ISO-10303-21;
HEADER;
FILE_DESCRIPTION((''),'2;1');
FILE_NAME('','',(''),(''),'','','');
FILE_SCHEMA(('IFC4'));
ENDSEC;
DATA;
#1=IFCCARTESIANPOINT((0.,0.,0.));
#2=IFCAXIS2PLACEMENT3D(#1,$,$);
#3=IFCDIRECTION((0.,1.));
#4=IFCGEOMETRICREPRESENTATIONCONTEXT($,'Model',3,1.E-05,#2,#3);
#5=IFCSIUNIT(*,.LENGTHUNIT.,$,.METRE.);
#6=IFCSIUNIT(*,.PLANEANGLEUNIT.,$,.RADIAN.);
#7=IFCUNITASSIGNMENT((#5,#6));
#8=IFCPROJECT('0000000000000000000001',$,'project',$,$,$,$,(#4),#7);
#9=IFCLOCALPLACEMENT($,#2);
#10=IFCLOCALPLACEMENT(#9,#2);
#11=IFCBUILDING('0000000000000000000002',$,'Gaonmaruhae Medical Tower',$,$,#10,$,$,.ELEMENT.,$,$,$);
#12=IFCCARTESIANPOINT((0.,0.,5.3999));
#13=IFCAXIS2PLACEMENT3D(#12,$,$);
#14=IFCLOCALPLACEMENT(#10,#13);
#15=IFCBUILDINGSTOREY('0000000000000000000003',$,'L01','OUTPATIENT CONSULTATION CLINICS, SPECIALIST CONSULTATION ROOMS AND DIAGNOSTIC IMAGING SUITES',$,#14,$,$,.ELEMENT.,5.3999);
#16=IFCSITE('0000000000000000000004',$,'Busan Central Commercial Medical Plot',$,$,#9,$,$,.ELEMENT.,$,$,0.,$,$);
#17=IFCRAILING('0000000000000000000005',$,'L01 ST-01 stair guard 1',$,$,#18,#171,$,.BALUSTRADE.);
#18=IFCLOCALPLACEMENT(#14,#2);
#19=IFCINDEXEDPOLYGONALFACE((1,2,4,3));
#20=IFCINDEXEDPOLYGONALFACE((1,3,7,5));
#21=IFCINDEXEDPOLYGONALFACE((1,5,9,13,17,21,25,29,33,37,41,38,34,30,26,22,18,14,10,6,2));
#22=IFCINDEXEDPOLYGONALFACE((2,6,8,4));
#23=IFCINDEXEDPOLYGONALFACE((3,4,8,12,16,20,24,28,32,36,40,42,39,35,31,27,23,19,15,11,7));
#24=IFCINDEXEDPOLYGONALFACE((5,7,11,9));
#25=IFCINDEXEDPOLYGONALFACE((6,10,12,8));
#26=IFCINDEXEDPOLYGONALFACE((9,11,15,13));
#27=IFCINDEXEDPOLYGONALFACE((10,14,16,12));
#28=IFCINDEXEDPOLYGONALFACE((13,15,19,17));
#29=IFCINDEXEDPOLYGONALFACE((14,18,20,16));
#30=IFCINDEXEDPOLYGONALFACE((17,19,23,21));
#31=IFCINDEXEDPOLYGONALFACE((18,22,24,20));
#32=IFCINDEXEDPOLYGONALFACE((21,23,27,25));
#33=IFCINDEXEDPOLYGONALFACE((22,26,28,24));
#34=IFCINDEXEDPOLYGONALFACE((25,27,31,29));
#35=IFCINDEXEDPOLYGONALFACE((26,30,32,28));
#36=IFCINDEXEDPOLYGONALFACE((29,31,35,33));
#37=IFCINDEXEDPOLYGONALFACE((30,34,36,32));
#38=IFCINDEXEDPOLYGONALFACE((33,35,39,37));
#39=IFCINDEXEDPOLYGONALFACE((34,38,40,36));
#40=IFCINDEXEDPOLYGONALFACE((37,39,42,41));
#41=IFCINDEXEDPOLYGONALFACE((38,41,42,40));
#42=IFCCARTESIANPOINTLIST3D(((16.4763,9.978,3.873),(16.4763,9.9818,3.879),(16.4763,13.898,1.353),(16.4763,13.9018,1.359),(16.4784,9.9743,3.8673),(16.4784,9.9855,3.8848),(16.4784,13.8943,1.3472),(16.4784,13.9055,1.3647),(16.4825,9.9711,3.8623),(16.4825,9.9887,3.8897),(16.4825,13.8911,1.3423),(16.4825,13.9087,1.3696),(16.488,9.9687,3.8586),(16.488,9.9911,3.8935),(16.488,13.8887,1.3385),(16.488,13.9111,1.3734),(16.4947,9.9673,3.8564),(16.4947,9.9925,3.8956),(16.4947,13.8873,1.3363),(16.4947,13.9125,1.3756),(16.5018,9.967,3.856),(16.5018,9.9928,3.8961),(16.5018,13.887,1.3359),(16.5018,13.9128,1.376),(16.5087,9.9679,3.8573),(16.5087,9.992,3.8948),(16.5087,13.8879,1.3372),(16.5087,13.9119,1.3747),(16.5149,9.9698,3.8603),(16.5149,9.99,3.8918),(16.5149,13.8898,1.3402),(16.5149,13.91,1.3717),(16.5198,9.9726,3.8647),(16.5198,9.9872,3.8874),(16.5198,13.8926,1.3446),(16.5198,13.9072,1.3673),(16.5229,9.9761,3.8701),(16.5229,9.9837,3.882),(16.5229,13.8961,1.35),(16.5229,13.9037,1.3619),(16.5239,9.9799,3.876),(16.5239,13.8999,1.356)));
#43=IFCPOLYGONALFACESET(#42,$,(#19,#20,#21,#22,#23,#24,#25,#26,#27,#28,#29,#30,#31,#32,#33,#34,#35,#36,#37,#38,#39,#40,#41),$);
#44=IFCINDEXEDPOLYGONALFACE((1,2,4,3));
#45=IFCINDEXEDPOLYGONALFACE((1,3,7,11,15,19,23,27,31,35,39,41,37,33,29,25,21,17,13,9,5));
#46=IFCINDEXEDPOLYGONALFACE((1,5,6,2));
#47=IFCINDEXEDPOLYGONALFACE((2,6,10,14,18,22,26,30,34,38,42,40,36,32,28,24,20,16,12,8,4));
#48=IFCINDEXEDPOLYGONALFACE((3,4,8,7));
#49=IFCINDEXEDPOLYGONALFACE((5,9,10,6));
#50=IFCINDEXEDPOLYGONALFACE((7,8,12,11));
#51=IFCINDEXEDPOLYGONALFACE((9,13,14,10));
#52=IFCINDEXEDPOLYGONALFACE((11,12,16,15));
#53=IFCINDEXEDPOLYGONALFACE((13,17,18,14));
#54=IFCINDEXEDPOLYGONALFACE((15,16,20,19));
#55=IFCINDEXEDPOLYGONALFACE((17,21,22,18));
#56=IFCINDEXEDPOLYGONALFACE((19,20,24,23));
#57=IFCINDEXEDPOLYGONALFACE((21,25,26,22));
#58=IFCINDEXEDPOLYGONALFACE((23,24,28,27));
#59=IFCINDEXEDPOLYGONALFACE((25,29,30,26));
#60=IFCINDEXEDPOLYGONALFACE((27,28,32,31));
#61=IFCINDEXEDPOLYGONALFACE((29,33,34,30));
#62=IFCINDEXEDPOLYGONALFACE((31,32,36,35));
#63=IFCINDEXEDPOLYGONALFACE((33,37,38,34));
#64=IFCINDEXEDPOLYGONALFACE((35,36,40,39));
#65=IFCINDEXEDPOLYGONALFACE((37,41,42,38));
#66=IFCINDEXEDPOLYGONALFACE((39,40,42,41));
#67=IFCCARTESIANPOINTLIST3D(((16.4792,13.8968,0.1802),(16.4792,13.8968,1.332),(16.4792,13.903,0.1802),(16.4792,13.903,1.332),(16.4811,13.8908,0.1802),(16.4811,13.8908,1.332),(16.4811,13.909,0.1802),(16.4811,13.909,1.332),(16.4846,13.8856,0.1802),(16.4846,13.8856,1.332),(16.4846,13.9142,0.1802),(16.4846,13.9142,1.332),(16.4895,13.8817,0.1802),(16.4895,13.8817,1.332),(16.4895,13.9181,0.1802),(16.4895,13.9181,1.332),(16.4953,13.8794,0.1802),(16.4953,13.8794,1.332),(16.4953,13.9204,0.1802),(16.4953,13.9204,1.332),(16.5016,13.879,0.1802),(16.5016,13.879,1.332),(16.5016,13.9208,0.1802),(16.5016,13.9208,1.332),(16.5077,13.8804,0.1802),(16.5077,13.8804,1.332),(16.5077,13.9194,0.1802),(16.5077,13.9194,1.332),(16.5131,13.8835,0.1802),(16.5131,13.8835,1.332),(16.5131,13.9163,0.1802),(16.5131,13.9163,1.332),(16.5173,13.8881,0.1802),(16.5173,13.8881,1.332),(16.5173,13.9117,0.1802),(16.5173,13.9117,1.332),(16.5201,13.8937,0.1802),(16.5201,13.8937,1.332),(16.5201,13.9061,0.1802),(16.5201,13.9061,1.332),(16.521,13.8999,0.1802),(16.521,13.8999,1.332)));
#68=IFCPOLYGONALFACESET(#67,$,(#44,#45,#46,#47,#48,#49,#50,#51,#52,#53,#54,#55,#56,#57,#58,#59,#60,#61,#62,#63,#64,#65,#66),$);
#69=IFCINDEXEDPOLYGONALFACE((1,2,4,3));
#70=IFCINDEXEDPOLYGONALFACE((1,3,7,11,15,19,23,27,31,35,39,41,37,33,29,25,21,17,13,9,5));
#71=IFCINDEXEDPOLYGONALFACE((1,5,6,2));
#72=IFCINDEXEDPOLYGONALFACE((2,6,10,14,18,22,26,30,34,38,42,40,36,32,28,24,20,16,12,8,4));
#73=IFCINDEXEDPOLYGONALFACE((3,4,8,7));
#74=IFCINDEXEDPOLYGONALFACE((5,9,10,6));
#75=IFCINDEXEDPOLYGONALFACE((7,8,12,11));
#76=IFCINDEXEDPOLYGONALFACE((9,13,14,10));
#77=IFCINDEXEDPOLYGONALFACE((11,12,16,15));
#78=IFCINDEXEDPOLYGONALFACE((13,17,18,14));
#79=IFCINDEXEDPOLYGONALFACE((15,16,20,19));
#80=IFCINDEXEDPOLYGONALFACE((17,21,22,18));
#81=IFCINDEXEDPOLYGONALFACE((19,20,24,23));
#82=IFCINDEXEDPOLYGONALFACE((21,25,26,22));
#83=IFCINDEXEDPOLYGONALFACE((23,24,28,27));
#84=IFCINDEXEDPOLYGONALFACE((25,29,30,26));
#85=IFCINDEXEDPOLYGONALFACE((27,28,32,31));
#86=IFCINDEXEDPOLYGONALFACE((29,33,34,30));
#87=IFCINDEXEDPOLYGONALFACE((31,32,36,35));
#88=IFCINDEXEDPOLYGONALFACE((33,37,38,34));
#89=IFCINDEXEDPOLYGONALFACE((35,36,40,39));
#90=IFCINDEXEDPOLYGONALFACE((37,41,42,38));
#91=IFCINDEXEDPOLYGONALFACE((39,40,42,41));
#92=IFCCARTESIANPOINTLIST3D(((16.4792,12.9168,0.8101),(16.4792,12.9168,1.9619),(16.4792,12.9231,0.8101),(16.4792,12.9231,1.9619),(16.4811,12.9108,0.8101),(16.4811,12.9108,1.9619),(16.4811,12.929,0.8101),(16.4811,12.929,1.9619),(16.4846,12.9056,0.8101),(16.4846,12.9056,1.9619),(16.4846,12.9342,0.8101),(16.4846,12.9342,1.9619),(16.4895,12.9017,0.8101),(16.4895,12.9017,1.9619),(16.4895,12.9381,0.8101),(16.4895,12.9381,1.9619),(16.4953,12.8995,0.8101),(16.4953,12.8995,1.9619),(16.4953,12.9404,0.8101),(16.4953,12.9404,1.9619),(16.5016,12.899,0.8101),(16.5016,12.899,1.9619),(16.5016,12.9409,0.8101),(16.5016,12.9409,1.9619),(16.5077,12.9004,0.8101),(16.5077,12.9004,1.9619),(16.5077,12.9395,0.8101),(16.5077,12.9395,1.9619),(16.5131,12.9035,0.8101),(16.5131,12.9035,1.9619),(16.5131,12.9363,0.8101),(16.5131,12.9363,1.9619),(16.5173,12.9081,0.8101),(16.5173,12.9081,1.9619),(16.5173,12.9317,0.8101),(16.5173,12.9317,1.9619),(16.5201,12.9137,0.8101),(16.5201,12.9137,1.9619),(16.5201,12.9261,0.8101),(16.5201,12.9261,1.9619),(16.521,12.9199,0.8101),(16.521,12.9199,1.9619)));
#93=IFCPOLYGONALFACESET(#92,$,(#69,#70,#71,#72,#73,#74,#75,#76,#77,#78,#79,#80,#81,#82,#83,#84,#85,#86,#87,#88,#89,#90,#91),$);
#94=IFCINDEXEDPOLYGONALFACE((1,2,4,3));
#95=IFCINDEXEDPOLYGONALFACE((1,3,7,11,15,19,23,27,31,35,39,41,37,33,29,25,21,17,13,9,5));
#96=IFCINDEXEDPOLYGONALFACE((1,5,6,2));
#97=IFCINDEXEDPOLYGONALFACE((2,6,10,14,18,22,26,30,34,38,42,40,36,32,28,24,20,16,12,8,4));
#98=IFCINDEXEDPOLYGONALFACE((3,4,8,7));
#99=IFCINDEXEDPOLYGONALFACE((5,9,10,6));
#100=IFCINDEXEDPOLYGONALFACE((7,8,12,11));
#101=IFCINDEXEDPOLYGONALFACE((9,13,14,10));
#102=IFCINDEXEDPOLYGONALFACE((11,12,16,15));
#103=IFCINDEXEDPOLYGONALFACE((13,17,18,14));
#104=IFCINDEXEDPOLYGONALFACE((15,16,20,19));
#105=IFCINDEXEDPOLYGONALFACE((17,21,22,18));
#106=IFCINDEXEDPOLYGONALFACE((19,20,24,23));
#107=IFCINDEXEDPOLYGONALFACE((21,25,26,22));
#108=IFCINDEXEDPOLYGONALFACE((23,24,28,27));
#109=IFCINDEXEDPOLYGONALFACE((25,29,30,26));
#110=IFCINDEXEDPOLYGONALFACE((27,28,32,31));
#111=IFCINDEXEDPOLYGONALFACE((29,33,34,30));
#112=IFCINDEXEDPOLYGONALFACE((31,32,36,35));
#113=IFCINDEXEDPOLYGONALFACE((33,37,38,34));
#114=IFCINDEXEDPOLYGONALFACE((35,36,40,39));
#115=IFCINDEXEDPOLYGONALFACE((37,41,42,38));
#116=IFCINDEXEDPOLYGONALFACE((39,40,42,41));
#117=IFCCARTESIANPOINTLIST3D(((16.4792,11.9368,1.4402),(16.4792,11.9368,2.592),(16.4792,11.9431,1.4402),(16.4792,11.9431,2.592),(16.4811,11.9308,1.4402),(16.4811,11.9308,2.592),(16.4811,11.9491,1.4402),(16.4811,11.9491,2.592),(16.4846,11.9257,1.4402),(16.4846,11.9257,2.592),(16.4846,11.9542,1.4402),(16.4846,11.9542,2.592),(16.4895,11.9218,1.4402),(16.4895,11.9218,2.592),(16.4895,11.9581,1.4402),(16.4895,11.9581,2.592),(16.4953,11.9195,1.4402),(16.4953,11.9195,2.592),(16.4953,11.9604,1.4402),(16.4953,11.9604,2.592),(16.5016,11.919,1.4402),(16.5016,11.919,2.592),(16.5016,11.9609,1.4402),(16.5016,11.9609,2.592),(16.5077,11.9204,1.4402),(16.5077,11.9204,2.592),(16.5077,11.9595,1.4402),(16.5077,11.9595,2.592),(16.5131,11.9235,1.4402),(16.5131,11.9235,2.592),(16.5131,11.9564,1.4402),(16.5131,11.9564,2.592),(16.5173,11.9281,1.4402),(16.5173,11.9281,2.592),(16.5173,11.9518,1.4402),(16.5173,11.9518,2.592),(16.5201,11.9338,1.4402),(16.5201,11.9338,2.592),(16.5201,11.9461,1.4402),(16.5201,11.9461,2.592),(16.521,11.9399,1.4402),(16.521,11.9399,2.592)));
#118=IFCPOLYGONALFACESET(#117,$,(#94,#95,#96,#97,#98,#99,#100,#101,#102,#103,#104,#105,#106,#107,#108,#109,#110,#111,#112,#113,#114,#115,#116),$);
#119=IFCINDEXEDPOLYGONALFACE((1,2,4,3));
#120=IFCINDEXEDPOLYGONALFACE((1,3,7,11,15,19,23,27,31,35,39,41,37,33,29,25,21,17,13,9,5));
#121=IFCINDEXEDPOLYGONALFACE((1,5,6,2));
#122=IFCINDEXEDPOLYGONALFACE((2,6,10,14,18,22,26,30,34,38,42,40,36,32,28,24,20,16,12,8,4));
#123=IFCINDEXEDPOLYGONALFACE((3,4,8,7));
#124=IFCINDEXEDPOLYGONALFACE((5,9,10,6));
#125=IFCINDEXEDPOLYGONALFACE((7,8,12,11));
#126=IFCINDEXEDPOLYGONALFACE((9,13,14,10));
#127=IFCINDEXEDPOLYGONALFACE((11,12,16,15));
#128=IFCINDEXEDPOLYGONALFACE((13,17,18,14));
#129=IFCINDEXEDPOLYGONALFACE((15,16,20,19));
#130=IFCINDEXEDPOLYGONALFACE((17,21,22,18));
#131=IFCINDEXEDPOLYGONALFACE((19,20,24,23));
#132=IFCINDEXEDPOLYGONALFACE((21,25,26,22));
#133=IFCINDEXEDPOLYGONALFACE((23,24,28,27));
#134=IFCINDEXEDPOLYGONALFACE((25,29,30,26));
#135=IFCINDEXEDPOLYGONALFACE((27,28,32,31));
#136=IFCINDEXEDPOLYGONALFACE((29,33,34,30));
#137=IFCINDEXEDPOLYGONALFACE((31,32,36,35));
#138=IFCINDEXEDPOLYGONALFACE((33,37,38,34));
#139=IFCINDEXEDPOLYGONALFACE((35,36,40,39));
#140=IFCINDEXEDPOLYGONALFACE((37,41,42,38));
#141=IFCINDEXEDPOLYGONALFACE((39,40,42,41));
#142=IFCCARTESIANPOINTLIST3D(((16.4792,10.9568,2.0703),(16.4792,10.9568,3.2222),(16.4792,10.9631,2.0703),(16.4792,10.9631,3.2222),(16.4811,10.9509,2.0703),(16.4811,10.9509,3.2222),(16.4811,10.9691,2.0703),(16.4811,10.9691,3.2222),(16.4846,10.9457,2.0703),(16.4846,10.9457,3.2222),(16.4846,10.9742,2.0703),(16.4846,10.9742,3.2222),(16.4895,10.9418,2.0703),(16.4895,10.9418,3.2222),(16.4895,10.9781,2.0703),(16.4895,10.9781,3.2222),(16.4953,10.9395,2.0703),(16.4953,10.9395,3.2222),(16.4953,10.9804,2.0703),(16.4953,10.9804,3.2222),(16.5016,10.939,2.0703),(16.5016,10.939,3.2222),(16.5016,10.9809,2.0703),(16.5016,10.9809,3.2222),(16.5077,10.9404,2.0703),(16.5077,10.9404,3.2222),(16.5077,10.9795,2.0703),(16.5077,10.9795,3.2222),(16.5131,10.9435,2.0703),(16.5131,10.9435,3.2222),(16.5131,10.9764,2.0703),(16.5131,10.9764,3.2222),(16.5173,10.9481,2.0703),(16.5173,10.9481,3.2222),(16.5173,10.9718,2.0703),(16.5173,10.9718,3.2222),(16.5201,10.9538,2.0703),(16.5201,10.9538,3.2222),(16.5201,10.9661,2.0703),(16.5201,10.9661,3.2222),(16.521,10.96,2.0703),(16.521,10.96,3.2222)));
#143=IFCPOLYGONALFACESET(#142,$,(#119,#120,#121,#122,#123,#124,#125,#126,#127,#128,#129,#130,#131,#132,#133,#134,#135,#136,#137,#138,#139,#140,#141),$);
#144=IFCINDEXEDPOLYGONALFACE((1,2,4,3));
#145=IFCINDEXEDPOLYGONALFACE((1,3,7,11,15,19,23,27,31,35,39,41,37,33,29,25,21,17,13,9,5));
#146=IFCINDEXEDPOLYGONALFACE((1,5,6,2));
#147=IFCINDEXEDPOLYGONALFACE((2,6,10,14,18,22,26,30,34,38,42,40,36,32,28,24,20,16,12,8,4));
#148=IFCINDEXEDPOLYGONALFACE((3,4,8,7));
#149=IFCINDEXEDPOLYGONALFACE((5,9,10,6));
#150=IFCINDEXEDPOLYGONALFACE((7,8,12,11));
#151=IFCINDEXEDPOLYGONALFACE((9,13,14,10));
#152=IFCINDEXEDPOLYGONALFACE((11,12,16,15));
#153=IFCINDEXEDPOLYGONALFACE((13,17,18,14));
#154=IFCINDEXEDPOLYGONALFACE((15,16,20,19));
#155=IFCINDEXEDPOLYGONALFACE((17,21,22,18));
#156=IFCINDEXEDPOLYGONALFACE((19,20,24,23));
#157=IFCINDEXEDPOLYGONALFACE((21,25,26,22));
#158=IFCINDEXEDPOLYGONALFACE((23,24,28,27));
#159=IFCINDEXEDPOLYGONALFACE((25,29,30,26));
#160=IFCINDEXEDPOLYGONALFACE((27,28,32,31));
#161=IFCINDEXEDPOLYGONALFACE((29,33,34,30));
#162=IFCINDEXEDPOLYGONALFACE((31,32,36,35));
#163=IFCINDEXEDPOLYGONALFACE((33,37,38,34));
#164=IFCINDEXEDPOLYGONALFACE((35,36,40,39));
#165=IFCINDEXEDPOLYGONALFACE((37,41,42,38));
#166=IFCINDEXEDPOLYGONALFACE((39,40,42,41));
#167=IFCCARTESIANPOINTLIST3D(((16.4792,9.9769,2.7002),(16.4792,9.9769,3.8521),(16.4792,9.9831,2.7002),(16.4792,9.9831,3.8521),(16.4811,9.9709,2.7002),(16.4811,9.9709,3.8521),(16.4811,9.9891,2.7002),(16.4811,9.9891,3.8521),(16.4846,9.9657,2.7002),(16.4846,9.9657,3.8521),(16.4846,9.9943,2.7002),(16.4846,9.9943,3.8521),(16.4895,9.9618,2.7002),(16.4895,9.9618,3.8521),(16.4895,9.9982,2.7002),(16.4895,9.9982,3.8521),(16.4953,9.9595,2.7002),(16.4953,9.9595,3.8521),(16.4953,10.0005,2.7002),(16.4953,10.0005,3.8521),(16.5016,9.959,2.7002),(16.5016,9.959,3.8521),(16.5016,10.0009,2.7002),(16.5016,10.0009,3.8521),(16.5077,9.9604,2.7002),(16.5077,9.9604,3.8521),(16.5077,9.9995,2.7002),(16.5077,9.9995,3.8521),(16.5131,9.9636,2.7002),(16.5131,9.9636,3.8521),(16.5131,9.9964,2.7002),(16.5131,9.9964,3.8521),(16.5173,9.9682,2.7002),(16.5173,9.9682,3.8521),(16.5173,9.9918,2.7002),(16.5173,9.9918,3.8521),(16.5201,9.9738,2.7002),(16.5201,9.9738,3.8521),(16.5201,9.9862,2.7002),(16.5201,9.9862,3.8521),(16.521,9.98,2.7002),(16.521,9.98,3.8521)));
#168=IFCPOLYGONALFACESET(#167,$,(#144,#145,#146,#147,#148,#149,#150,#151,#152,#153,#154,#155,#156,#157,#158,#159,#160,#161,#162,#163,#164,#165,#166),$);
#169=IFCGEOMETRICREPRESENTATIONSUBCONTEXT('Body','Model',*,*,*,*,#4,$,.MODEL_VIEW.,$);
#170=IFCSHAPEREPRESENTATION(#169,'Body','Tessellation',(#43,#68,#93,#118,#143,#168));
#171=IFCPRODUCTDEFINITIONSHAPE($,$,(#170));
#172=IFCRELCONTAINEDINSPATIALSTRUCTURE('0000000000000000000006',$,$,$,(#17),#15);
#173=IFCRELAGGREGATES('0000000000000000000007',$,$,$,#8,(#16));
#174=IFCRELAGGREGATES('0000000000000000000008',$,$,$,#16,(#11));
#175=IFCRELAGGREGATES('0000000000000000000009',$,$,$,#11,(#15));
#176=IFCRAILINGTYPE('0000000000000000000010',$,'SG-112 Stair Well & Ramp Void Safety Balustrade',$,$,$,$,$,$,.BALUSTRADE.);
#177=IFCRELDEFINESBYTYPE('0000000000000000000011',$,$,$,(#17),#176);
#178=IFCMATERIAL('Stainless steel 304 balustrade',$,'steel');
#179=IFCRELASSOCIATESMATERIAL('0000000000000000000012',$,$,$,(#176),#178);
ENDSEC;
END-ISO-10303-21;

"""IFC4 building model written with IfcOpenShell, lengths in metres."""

from ifc_helpers import new_model, si_unit, direction, frame, origin, origin_2d, place, context, subcontext, project, spatial, circle, extrude, material, type_object, element, save


model = new_model("IFC4")

# Units and contexts
model_context = context("Model", 3, precision=1e-05, world=origin(), true_north=direction((0.0, 1.0)))
body_context = subcontext(model_context, "Body", "Model", "MODEL_VIEW")
ifc_project = project(units=[si_unit("LENGTHUNIT", "METRE"), si_unit("PLANEANGLEUNIT", "RADIAN")], contexts=[model_context])

# Site, building, storey
site_placement = place(None, origin())
site = spatial("IfcSite", under=ifc_project, at=site_placement, Name="Busan Central Commercial Medical Plot", CompositionType="ELEMENT", RefElevation=0.0)
building_placement = place(site_placement, origin())
building = spatial("IfcBuilding", under=site, at=building_placement, Name="Gaonmaruhae Medical Tower", CompositionType="ELEMENT")
storey_placement = place(building_placement, frame((0.0, 0.0, 5.3999)))
storey = spatial("IfcBuildingStorey", under=building, at=storey_placement, Name="L01", Description="OUTPATIENT CONSULTATION CLINICS, SPECIALIST CONSULTATION ROOMS AND DIAGNOSTIC IMAGING SUITES", CompositionType="ELEMENT", Elevation=5.3999)

# Railing
ifc_material_1 = material(Name="Stainless steel 304 balustrade", Category="steel")
railing_type_1 = type_object("IfcRailingType", Name="SG-112 Stair Well & Ramp Void Safety Balustrade", PredefinedType="BALUSTRADE", material=ifc_material_1)
railing_1_placement = place(storey_placement, frame((16.5, 13.8999, 0.1802)))
element("IfcRailing", 1, at=railing_1_placement, inside=storey, type_object=railing_type_1, Name="L01 ST-01 stair guard 1", PredefinedType="BALUSTRADE", context=body_context, shape_type="SweptSolid", body=[
    extrude(circle(Radius=0.0239, at=origin_2d()), frame((0.0, 0.0, 1.1758), z_axis=(0.0, -0.841172, 0.540768), x_axis=(1.0, 0.0, 0.0)), (0.0, 0.0, 1.0), 4.6602),
    extrude(circle(Radius=0.021, at=origin_2d()), origin(), (0.0, 0.0, 1.0), 1.1519),
    extrude(circle(Radius=0.021, at=origin_2d()), frame((0.0, -0.98, 0.6299)), (0.0, 0.0, 1.0), 1.1519),
    extrude(circle(Radius=0.021, at=origin_2d()), frame((0.0, -1.96, 1.26)), (0.0, 0.0, 1.0), 1.1519),
    extrude(circle(Radius=0.021, at=origin_2d()), frame((0.0, -2.9399, 1.8901)), (0.0, 0.0, 1.0), 1.1519),
    extrude(circle(Radius=0.021, at=origin_2d()), frame((0.0, -3.9199, 2.52)), (0.0, 0.0, 1.0), 1.1519),
])

save(model, "model.ifc")
